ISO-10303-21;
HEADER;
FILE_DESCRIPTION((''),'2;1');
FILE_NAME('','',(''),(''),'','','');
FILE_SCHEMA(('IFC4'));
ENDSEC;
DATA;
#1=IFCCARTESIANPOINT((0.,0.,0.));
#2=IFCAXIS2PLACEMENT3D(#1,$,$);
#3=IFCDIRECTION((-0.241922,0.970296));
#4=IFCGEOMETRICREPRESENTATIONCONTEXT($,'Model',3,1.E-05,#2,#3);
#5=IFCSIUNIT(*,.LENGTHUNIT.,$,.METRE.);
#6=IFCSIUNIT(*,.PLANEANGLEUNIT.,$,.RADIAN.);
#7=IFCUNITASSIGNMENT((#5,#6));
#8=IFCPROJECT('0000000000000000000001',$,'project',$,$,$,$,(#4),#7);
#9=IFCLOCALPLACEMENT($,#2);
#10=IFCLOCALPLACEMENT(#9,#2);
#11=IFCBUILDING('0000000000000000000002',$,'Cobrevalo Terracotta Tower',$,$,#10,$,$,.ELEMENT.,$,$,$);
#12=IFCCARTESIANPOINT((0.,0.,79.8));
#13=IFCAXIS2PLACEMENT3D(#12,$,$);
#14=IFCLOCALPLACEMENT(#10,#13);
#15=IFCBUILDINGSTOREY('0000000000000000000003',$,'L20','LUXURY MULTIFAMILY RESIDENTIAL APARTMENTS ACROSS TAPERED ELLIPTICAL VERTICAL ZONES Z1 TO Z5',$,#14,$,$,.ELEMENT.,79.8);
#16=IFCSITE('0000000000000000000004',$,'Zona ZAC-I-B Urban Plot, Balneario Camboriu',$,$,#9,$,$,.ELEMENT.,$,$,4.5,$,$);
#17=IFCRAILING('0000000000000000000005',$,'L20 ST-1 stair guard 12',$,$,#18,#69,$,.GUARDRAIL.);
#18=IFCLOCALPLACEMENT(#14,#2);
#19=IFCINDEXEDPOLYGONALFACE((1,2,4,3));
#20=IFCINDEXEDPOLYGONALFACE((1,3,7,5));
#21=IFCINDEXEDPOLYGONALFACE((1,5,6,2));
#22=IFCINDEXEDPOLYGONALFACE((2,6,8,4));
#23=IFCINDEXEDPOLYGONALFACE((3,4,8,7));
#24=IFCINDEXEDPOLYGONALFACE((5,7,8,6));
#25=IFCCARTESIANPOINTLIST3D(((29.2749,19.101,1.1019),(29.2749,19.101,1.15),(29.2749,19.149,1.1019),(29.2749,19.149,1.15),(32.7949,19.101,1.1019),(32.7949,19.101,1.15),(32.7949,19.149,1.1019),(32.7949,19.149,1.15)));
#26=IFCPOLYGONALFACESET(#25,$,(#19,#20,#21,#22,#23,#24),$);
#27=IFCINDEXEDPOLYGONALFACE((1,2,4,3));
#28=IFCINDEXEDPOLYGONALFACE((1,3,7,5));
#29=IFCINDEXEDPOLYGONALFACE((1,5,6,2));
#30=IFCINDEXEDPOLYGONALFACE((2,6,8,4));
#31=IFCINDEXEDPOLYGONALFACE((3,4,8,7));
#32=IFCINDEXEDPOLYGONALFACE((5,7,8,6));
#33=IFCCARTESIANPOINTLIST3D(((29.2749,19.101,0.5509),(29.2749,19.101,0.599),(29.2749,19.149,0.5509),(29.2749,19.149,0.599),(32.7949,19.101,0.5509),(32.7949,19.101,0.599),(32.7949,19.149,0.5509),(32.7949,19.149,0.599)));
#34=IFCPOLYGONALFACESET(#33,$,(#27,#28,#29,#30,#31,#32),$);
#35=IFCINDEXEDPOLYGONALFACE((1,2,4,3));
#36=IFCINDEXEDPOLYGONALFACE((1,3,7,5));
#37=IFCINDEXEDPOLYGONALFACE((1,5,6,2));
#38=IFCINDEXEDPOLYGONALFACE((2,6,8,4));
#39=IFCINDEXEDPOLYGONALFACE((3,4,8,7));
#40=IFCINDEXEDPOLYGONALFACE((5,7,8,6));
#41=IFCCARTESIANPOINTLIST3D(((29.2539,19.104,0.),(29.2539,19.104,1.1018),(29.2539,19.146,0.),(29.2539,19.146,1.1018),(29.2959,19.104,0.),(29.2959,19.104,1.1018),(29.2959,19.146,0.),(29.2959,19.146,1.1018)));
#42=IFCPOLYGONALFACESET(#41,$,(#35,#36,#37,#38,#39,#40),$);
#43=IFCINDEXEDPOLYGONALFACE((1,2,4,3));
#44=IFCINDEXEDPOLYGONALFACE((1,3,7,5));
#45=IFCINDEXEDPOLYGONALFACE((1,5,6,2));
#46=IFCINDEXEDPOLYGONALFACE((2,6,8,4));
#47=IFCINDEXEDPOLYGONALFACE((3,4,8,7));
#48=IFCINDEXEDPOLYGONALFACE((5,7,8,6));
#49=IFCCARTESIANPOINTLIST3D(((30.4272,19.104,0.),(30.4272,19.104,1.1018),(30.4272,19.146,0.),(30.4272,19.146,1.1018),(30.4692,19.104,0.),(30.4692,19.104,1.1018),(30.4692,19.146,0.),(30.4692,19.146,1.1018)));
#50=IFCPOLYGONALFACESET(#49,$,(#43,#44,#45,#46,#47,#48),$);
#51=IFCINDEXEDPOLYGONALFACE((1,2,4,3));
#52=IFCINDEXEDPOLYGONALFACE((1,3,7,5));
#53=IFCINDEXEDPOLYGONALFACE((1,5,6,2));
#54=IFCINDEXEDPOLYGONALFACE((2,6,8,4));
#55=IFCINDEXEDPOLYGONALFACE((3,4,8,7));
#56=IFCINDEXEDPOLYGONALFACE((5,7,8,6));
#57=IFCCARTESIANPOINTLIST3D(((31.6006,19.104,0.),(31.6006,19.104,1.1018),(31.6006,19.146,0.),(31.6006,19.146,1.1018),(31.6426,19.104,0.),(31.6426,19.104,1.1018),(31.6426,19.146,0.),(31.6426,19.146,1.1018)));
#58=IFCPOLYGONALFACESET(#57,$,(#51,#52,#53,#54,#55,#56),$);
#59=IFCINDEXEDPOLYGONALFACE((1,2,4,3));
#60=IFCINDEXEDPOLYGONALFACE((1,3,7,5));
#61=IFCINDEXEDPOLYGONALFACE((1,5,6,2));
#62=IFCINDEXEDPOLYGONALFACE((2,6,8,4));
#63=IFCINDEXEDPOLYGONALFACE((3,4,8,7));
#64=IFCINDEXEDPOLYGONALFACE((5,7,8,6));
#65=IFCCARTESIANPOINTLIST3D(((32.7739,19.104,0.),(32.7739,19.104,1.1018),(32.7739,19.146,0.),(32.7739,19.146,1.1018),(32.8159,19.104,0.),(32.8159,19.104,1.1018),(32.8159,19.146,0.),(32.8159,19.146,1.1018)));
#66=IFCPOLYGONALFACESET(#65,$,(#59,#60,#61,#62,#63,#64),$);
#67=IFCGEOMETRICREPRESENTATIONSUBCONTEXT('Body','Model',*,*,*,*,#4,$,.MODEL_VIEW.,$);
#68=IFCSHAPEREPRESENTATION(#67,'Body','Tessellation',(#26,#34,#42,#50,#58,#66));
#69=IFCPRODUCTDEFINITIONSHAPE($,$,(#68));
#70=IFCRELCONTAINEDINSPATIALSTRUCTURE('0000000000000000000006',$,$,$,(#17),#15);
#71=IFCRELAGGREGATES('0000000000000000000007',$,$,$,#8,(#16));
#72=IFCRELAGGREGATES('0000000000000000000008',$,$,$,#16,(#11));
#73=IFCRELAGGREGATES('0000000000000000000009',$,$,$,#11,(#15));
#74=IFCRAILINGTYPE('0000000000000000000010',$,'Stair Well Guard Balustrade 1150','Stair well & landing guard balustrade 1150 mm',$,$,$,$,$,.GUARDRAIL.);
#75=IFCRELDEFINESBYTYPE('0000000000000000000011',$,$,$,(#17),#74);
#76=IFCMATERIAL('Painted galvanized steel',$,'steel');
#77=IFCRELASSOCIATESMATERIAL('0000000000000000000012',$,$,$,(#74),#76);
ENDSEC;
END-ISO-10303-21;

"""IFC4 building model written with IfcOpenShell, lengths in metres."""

from ifc_helpers import new_model, si_unit, direction, frame, origin, origin_2d, place, context, subcontext, project, spatial, rectangle, extrude, material, type_object, element, save


model = new_model("IFC4")

# Units and contexts
model_context = context("Model", 3, precision=1e-05, world=origin(), true_north=direction((-0.241922, 0.970296)))
body_context = subcontext(model_context, "Body", "Model", "MODEL_VIEW")
ifc_project = project(units=[si_unit("LENGTHUNIT", "METRE"), si_unit("PLANEANGLEUNIT", "RADIAN")], contexts=[model_context])

# Site, building, storey
site_placement = place(None, origin())
site = spatial("IfcSite", under=ifc_project, at=site_placement, Name="Zona ZAC-I-B Urban Plot, Balneario Camboriu", CompositionType="ELEMENT", RefElevation=4.5)
building_placement = place(site_placement, origin())
building = spatial("IfcBuilding", under=site, at=building_placement, Name="Cobrevalo Terracotta Tower", CompositionType="ELEMENT")
storey_placement = place(building_placement, frame((0.0, 0.0, 79.8)))
storey = spatial("IfcBuildingStorey", under=building, at=storey_placement, Name="L20", Description="LUXURY MULTIFAMILY RESIDENTIAL APARTMENTS ACROSS TAPERED ELLIPTICAL VERTICAL ZONES Z1 TO Z5", CompositionType="ELEMENT", Elevation=79.8)

# Railing
ifc_material_1 = material(Name="Painted galvanized steel", Category="steel")
railing_type_1 = type_object("IfcRailingType", Name="Stair Well Guard Balustrade 1150", Description="Stair well & landing guard balustrade 1150 mm", PredefinedType="GUARDRAIL", material=ifc_material_1)
railing_1_placement = place(storey_placement, frame((29.2749, 19.125, 0.0)))
element("IfcRailing", 1, at=railing_1_placement, inside=storey, type_object=railing_type_1, Name="L20 ST-1 stair guard 12", PredefinedType="GUARDRAIL", context=body_context, shape_type="SweptSolid", body=[
    extrude(rectangle(XDim=0.0481, YDim=0.0481, at=origin_2d()), frame((0.0, 0.0, 1.126), z_axis=(1.0, 0.0, 0.0), x_axis=(0.0, 1.0, 0.0)), (0.0, 0.0, 1.0), 3.52),
    extrude(rectangle(XDim=0.0481, YDim=0.0481, at=origin_2d()), frame((0.0, 0.0, 0.575), z_axis=(1.0, 0.0, 0.0), x_axis=(0.0, 1.0, 0.0)), (0.0, 0.0, 1.0), 3.52),
    extrude(rectangle(XDim=0.042, YDim=0.042, at=origin_2d()), origin(), (0.0, 0.0, 1.0), 1.1018),
    extrude(rectangle(XDim=0.042, YDim=0.042, at=origin_2d()), frame((1.1733, 0.0, 0.0)), (0.0, 0.0, 1.0), 1.1018),
    extrude(rectangle(XDim=0.042, YDim=0.042, at=origin_2d()), frame((2.3467, 0.0, 0.0)), (0.0, 0.0, 1.0), 1.1018),
    extrude(rectangle(XDim=0.042, YDim=0.042, at=origin_2d()), frame((3.52, 0.0, 0.0)), (0.0, 0.0, 1.0), 1.1018),
])

save(model, "model.ifc")
